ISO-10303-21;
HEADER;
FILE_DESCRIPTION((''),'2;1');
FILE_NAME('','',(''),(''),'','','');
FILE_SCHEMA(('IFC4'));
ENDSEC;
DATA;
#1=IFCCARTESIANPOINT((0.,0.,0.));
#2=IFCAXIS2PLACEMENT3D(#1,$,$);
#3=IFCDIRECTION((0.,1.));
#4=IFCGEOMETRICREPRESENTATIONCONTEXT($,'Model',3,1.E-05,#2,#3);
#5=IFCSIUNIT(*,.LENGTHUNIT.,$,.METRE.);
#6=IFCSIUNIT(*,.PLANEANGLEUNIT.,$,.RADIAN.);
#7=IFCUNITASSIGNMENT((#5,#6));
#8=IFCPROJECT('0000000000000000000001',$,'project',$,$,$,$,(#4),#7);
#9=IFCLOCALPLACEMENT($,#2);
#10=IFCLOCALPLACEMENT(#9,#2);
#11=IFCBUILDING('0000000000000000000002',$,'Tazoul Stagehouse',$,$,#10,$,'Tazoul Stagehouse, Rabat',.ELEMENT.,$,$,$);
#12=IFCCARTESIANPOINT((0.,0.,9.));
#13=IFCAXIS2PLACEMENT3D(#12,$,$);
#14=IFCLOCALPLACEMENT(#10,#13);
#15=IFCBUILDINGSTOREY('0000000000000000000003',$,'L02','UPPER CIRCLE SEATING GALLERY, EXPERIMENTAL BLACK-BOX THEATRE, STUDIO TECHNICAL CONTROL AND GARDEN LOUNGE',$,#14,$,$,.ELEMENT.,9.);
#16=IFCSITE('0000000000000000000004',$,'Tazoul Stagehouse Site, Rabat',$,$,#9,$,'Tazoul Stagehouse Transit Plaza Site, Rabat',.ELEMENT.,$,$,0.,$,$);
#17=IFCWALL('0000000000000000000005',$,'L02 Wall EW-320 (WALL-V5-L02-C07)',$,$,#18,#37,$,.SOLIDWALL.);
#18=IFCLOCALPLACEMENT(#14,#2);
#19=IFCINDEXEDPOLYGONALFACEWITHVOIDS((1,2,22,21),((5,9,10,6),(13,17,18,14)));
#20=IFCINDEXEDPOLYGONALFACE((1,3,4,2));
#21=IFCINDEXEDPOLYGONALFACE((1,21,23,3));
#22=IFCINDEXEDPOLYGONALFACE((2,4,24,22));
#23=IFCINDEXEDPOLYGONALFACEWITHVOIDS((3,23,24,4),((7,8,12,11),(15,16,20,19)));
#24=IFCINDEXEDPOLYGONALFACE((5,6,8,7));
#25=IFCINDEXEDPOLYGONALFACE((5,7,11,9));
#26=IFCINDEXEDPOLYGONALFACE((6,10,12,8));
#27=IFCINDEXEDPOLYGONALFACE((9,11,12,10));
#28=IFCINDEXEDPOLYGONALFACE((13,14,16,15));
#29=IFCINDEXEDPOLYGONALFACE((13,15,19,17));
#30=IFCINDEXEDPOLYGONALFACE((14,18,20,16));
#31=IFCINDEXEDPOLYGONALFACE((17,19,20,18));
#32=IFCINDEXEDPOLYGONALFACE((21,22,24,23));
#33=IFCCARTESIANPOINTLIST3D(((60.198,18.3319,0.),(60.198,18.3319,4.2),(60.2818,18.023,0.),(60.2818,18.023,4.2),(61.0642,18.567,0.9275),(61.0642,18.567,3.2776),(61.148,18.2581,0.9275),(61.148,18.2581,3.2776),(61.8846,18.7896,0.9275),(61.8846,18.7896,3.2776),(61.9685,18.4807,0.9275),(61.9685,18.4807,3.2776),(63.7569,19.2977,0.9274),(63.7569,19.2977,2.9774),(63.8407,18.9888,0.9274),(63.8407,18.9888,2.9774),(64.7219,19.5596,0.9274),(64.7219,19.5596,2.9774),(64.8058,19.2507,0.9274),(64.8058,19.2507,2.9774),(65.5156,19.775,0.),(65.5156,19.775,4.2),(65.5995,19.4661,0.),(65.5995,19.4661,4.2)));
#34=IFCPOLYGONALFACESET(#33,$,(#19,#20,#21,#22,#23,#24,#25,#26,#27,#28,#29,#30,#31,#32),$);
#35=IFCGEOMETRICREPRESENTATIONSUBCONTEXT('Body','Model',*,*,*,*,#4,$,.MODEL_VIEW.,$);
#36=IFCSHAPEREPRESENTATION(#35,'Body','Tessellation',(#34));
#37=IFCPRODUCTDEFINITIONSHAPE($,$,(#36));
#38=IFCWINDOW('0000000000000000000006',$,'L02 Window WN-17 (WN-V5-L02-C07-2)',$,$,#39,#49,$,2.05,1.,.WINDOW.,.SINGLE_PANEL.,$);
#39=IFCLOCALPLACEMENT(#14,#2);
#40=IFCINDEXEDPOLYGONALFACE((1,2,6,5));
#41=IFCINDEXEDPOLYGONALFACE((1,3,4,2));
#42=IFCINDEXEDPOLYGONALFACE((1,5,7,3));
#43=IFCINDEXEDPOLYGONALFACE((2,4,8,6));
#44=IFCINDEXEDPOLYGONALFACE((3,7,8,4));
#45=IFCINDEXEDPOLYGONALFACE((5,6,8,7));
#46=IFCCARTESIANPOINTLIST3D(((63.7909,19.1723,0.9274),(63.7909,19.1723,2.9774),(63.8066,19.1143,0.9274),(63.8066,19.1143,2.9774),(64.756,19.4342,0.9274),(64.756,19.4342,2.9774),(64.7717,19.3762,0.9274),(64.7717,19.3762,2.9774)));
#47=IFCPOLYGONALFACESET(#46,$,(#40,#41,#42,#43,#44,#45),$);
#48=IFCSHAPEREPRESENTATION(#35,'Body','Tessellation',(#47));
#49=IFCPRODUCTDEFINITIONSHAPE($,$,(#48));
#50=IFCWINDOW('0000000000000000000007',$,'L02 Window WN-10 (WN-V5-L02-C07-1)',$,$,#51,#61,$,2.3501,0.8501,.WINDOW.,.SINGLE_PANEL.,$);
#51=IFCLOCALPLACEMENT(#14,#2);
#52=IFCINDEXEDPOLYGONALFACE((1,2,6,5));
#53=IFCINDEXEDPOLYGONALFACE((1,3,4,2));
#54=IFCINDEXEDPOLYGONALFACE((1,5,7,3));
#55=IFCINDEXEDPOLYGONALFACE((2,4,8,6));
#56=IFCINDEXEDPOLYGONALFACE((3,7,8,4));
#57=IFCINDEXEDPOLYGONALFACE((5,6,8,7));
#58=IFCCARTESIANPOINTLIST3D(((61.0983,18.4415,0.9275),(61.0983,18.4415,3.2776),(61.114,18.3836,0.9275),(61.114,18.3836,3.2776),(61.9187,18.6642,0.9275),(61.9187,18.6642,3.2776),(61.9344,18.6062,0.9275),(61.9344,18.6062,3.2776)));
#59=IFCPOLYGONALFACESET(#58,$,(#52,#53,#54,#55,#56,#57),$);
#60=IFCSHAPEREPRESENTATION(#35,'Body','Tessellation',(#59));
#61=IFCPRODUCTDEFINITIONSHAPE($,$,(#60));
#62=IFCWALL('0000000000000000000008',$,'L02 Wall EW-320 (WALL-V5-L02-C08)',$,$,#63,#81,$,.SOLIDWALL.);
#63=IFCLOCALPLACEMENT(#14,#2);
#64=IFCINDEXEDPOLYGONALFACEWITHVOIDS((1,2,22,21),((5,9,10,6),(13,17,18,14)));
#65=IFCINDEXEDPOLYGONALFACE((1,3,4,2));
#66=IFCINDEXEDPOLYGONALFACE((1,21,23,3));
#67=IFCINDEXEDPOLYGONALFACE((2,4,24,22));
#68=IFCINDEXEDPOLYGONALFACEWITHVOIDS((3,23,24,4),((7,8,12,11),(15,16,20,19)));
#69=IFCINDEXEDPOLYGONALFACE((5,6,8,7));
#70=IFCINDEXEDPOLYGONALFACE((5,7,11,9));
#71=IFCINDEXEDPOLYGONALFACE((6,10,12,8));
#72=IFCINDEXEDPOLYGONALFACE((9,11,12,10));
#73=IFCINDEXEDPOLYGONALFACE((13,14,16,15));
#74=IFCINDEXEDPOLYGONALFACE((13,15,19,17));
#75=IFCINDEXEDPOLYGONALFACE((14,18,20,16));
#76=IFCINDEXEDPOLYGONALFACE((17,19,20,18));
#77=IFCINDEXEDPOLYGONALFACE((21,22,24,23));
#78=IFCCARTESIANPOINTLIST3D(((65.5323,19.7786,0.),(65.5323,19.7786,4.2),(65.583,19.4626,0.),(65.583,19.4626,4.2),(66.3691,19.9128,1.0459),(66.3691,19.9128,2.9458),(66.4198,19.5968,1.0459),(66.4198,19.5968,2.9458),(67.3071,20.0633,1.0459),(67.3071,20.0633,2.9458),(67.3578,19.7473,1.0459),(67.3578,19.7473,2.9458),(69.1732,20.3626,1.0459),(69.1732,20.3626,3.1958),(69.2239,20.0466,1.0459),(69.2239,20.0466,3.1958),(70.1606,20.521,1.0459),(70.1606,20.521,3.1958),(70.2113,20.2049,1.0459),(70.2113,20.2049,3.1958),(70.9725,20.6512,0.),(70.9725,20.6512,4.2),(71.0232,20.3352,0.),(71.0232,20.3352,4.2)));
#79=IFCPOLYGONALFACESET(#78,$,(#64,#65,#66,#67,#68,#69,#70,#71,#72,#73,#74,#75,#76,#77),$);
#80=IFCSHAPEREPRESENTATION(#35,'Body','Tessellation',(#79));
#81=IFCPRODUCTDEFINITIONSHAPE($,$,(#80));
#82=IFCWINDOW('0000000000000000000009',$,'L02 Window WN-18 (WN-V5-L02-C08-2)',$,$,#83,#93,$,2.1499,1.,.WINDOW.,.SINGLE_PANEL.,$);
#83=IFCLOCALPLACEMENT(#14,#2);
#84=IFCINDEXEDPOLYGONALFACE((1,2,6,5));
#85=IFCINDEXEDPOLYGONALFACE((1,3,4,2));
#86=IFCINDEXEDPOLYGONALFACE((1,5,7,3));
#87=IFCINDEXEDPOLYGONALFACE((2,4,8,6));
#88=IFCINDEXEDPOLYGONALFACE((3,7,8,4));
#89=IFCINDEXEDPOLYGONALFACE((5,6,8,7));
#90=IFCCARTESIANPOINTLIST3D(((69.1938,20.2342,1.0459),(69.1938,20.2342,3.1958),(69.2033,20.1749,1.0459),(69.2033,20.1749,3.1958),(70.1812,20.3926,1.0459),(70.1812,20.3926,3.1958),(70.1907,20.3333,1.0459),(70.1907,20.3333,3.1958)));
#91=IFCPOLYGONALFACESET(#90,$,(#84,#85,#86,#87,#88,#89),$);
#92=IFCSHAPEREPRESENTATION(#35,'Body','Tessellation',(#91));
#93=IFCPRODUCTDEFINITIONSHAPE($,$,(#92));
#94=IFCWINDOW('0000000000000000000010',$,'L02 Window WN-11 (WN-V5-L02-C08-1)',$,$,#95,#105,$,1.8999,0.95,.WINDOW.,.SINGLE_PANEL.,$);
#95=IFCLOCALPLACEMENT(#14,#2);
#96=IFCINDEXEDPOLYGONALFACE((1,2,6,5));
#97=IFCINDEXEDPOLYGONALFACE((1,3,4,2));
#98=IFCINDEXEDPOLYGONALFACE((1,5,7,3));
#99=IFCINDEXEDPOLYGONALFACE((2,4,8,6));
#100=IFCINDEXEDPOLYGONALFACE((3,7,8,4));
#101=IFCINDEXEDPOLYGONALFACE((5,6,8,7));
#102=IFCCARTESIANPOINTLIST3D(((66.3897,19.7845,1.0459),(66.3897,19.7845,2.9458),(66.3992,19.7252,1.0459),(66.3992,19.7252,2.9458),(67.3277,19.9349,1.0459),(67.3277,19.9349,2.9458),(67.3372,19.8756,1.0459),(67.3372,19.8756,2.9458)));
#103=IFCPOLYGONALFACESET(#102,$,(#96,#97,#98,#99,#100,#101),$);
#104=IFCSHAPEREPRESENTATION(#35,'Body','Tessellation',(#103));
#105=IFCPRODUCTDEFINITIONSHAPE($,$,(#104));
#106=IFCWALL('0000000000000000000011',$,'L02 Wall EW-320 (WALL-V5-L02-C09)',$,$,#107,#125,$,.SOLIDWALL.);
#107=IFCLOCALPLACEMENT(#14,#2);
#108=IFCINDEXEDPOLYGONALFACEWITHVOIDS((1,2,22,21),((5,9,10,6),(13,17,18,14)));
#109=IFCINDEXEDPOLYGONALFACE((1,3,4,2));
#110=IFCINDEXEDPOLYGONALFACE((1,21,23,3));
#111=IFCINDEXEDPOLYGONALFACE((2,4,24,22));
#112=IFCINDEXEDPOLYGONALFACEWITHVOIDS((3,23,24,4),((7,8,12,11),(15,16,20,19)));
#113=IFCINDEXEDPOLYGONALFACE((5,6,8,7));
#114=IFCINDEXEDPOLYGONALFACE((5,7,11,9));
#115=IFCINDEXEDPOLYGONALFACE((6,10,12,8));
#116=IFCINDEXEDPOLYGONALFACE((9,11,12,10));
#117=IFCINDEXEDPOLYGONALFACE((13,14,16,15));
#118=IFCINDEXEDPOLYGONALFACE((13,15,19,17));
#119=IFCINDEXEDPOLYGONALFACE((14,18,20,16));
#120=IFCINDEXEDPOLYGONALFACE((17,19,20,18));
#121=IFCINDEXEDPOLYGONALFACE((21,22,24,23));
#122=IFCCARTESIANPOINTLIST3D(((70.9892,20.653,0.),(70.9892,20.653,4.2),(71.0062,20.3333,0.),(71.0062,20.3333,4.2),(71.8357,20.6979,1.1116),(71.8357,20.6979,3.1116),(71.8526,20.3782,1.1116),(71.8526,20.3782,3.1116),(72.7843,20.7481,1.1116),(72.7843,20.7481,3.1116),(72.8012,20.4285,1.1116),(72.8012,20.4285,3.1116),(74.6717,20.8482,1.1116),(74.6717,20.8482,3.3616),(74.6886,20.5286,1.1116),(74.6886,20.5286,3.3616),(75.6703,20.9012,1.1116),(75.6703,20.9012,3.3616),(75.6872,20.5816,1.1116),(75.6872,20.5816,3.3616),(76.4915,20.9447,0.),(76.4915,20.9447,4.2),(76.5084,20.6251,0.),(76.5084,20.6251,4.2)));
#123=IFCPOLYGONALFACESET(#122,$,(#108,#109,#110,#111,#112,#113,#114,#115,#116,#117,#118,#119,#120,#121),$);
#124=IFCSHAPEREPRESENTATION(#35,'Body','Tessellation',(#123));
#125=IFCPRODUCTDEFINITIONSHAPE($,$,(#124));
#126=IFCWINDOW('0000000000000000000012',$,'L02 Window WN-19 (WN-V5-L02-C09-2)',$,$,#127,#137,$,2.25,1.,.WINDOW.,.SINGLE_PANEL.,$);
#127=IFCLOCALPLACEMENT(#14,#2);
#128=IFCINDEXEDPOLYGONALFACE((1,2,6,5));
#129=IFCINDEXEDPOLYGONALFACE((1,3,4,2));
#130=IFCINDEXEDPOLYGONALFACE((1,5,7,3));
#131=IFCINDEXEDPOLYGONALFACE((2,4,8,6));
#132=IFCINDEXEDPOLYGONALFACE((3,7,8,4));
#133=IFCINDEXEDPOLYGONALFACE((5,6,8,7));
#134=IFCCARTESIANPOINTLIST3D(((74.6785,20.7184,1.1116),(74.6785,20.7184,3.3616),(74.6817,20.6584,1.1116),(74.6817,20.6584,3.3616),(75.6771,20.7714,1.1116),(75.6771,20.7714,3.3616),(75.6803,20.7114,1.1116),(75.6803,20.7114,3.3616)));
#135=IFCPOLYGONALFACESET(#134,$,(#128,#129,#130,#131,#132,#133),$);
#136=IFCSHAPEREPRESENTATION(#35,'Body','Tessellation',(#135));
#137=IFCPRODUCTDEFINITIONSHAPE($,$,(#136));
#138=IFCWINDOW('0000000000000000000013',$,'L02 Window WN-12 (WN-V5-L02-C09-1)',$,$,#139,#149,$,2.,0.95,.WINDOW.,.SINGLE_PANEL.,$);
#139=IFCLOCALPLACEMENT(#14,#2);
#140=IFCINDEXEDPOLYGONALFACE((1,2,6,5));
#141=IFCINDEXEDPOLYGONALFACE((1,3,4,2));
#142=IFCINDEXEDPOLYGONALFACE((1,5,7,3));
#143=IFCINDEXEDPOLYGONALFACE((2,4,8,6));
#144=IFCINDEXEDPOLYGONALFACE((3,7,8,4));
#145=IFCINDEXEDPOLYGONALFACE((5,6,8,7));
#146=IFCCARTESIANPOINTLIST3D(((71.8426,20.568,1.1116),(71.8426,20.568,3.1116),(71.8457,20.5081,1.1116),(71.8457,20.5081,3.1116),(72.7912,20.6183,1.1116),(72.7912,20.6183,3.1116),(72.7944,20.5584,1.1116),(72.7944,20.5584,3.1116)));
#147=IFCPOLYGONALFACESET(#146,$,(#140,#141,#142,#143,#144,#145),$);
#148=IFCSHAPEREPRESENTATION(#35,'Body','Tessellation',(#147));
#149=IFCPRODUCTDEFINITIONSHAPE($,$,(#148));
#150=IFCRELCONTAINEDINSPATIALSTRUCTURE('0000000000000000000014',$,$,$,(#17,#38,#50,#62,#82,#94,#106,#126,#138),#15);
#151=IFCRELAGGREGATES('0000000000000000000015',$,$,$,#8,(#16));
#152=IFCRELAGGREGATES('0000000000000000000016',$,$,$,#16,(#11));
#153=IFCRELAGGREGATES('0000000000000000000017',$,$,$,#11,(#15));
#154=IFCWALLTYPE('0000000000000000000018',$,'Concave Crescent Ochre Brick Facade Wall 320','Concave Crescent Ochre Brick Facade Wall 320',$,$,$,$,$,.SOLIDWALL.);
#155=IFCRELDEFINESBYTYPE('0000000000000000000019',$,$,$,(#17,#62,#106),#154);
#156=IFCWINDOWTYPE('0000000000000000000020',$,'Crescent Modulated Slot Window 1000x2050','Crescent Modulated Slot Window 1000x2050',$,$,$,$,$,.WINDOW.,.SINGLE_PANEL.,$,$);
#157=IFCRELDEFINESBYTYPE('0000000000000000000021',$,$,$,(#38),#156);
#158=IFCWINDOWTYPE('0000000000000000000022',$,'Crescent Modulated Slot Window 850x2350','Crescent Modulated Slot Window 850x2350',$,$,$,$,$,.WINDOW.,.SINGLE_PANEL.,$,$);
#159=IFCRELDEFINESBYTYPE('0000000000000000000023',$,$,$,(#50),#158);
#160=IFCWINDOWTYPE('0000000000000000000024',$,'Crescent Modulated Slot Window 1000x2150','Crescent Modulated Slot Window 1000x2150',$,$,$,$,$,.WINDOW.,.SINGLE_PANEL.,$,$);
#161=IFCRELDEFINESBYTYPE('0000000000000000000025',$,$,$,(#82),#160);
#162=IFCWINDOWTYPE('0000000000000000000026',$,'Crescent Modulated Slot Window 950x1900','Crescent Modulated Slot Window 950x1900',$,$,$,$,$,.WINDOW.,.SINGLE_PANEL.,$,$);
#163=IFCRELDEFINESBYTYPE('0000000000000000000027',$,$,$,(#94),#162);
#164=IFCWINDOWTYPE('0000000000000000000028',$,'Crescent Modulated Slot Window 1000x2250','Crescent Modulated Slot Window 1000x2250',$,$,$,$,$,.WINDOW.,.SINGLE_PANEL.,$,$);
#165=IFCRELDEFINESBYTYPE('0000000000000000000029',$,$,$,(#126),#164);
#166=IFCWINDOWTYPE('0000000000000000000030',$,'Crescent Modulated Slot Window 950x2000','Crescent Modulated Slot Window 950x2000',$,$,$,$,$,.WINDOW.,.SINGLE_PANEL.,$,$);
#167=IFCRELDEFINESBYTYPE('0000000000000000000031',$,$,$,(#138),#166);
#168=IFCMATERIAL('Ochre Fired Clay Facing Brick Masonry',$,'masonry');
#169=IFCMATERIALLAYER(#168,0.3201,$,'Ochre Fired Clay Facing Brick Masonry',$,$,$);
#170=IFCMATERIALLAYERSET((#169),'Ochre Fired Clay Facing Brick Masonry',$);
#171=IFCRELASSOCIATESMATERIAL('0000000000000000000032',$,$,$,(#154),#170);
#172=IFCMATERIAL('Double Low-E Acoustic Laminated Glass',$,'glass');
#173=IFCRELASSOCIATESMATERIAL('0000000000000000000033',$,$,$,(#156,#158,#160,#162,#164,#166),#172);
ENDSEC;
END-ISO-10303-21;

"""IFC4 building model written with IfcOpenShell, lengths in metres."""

from ifc_helpers import new_model, si_unit, direction, frame, frame_2d, origin, place, context, subcontext, project, spatial, rectangle, extrude, material, layer, layer_set, type_object, element, fill, save


model = new_model("IFC4")

# Units and contexts
model_context = context("Model", 3, precision=1e-05, world=origin(), true_north=direction((0.0, 1.0)))
body_context = subcontext(model_context, "Body", "Model", "MODEL_VIEW")
ifc_project = project(units=[si_unit("LENGTHUNIT", "METRE"), si_unit("PLANEANGLEUNIT", "RADIAN")], contexts=[model_context])

# Site, building, storey
site_placement = place(None, origin())
site = spatial("IfcSite", under=ifc_project, at=site_placement, Name="Tazoul Stagehouse Site, Rabat", LongName="Tazoul Stagehouse Transit Plaza Site, Rabat", CompositionType="ELEMENT", RefElevation=0.0)
building_placement = place(site_placement, origin())
building = spatial("IfcBuilding", under=site, at=building_placement, Name="Tazoul Stagehouse", LongName="Tazoul Stagehouse, Rabat", CompositionType="ELEMENT")
storey_placement = place(building_placement, frame((0.0, 0.0, 9.0)))
storey = spatial("IfcBuildingStorey", under=building, at=storey_placement, Name="L02", Description="UPPER CIRCLE SEATING GALLERY, EXPERIMENTAL BLACK-BOX THEATRE, STUDIO TECHNICAL CONTROL AND GARDEN LOUNGE", CompositionType="ELEMENT", Elevation=9.0)

# Walls, openings, windows
ifc_material_1 = material(Name="Ochre Fired Clay Facing Brick Masonry", Category="masonry")
ifc_layer_1 = layer(ifc_material_1, 0.3201, Name="Ochre Fired Clay Facing Brick Masonry")
ifc_layer_set_1 = layer_set([ifc_layer_1], Name="Ochre Fired Clay Facing Brick Masonry")
wall_type_1 = type_object("IfcWallType", Name="Concave Crescent Ochre Brick Facade Wall 320", Description="Concave Crescent Ochre Brick Facade Wall 320", PredefinedType="SOLIDWALL", material=ifc_layer_set_1)
wall_1_placement = place(storey_placement, frame((60.24, 18.1775, 0.0), z_axis=(0.0, 0.0, 1.0), x_axis=(0.965092, 0.26191, 0.0)))
wall_1 = element("IfcWall", 1, at=wall_1_placement, inside=storey, type_object=wall_type_1, Name="L02 Wall EW-320 (WALL-V5-L02-C07)", PredefinedType="SOLIDWALL", context=body_context, shape_type="SweptSolid", body=[
    extrude(rectangle(XDim=5.51, YDim=0.3201, at=frame_2d((2.7549, 0.0))), origin(), (0.0, 0.0, 1.0), 4.2),
])
opening_1_placement = place(wall_1_placement, frame((0.8975, 0.0, 0.9275)))
opening_1 = element("IfcOpeningElement", 2, at=opening_1_placement, cuts=wall_1, PredefinedType="OPENING", context=body_context, shape_type="SweptSolid", body=[
    extrude(rectangle(XDim=0.8501, YDim=2.3501, at=frame_2d((0.425, 1.175))), frame((0.0, 0.1799, 0.0), z_axis=(0.0, -1.0, 0.0), x_axis=(1.0, 0.0, 0.0)), (0.0, 0.0, 1.0), 0.3601),
])
opening_2_placement = place(wall_1_placement, frame((3.6875, 0.0, 0.9275)))
opening_2 = element("IfcOpeningElement", 3, at=opening_2_placement, cuts=wall_1, PredefinedType="OPENING", context=body_context, shape_type="SweptSolid", body=[
    extrude(rectangle(XDim=1.0, YDim=2.05, at=frame_2d((0.5, 1.0249))), frame((0.0, 0.1799, 0.0), z_axis=(0.0, -1.0, 0.0), x_axis=(1.0, 0.0, 0.0)), (0.0, 0.0, 1.0), 0.3601),
])
ifc_material_2 = material(Name="Double Low-E Acoustic Laminated Glass", Category="glass")
window_type_1 = type_object("IfcWindowType", Name="Crescent Modulated Slot Window 1000x2050", Description="Crescent Modulated Slot Window 1000x2050", PartitioningType="SINGLE_PANEL", PredefinedType="WINDOW", material=ifc_material_2)
window_1_placement = place(opening_2_placement, origin())
window_1 = element("IfcWindow", 4, at=window_1_placement, inside=storey, type_object=window_type_1, Name="L02 Window WN-17 (WN-V5-L02-C07-2)", OverallHeight=2.05, OverallWidth=1.0, PartitioningType="SINGLE_PANEL", PredefinedType="WINDOW", context=body_context, shape_type="SweptSolid", body=[
    extrude(rectangle(XDim=1.0, YDim=2.05, at=frame_2d((0.5, 1.0249))), frame((0.0, 0.03, 0.0), z_axis=(0.0, -1.0, 0.0), x_axis=(1.0, 0.0, 0.0)), (0.0, 0.0, 1.0), 0.0601),
])
fill(opening_2, window_1)
window_type_2 = type_object("IfcWindowType", Name="Crescent Modulated Slot Window 850x2350", Description="Crescent Modulated Slot Window 850x2350", PartitioningType="SINGLE_PANEL", PredefinedType="WINDOW", material=ifc_material_2)
window_2_placement = place(opening_1_placement, origin())
window_2 = element("IfcWindow", 5, at=window_2_placement, inside=storey, type_object=window_type_2, Name="L02 Window WN-10 (WN-V5-L02-C07-1)", OverallHeight=2.3501, OverallWidth=0.8501, PartitioningType="SINGLE_PANEL", PredefinedType="WINDOW", context=body_context, shape_type="SweptSolid", body=[
    extrude(rectangle(XDim=0.8501, YDim=2.3501, at=frame_2d((0.425, 1.175))), frame((0.0, 0.03, 0.0), z_axis=(0.0, -1.0, 0.0), x_axis=(1.0, 0.0, 0.0)), (0.0, 0.0, 1.0), 0.0601),
])
fill(opening_1, window_2)
wall_2_placement = place(storey_placement, frame((65.5576, 19.6206, 0.0), z_axis=(0.0, 0.0, 1.0), x_axis=(0.98738, 0.158367, 0.0)))
wall_2 = element("IfcWall", 6, at=wall_2_placement, inside=storey, type_object=wall_type_1, Name="L02 Wall EW-320 (WALL-V5-L02-C08)", PredefinedType="SOLIDWALL", context=body_context, shape_type="SweptSolid", body=[
    extrude(rectangle(XDim=5.5098, YDim=0.3201, at=frame_2d((2.7549, 0.0))), origin(), (0.0, 0.0, 1.0), 4.2),
])
opening_3_placement = place(wall_2_placement, frame((0.8474, 0.0, 1.0459)))
opening_3 = element("IfcOpeningElement", 7, at=opening_3_placement, cuts=wall_2, PredefinedType="OPENING", context=body_context, shape_type="SweptSolid", body=[
    extrude(rectangle(XDim=0.95, YDim=1.8999, at=frame_2d((0.4751, 0.95))), frame((0.0, 0.1799, 0.0), z_axis=(0.0, -1.0, 0.0), x_axis=(1.0, 0.0, 0.0)), (0.0, 0.0, 1.0), 0.3601),
])
opening_4_placement = place(wall_2_placement, frame((3.6875, 0.0, 1.0459)))
opening_4 = element("IfcOpeningElement", 8, at=opening_4_placement, cuts=wall_2, PredefinedType="OPENING", context=body_context, shape_type="SweptSolid", body=[
    extrude(rectangle(XDim=1.0, YDim=2.1499, at=frame_2d((0.5, 1.075))), frame((0.0, 0.1799, 0.0), z_axis=(0.0, -1.0, 0.0), x_axis=(1.0, 0.0, 0.0)), (0.0, 0.0, 1.0), 0.3601),
])
window_type_3 = type_object("IfcWindowType", Name="Crescent Modulated Slot Window 1000x2150", Description="Crescent Modulated Slot Window 1000x2150", PartitioningType="SINGLE_PANEL", PredefinedType="WINDOW", material=ifc_material_2)
window_3_placement = place(opening_4_placement, origin())
window_3 = element("IfcWindow", 9, at=window_3_placement, inside=storey, type_object=window_type_3, Name="L02 Window WN-18 (WN-V5-L02-C08-2)", OverallHeight=2.1499, OverallWidth=1.0, PartitioningType="SINGLE_PANEL", PredefinedType="WINDOW", context=body_context, shape_type="SweptSolid", body=[
    extrude(rectangle(XDim=1.0, YDim=2.1499, at=frame_2d((0.5, 1.075))), frame((0.0, 0.03, 0.0), z_axis=(0.0, -1.0, 0.0), x_axis=(1.0, 0.0, 0.0)), (0.0, 0.0, 1.0), 0.0601),
])
fill(opening_4, window_3)
window_type_4 = type_object("IfcWindowType", Name="Crescent Modulated Slot Window 950x1900", Description="Crescent Modulated Slot Window 950x1900", PartitioningType="SINGLE_PANEL", PredefinedType="WINDOW", material=ifc_material_2)
window_4_placement = place(opening_3_placement, origin())
window_4 = element("IfcWindow", 10, at=window_4_placement, inside=storey, type_object=window_type_4, Name="L02 Window WN-11 (WN-V5-L02-C08-1)", OverallHeight=1.8999, OverallWidth=0.95, PartitioningType="SINGLE_PANEL", PredefinedType="WINDOW", context=body_context, shape_type="SweptSolid", body=[
    extrude(rectangle(XDim=0.95, YDim=1.8999, at=frame_2d((0.4751, 0.95))), frame((0.0, 0.03, 0.0), z_axis=(0.0, -1.0, 0.0), x_axis=(1.0, 0.0, 0.0)), (0.0, 0.0, 1.0), 0.0601),
])
fill(opening_3, window_4)
wall_3_placement = place(storey_placement, frame((70.9978, 20.4932, 0.0), z_axis=(0.0, 0.0, 1.0), x_axis=(0.998597, 0.05295, 0.0)))
wall_3 = element("IfcWall", 11, at=wall_3_placement, inside=storey, type_object=wall_type_1, Name="L02 Wall EW-320 (WALL-V5-L02-C09)", PredefinedType="SOLIDWALL", context=body_context, shape_type="SweptSolid", body=[
    extrude(rectangle(XDim=5.51, YDim=0.3201, at=frame_2d((2.7549, 0.0))), origin(), (0.0, 0.0, 1.0), 4.2),
])
opening_5_placement = place(wall_3_placement, frame((0.8474, 0.0, 1.1116)))
opening_5 = element("IfcOpeningElement", 12, at=opening_5_placement, cuts=wall_3, PredefinedType="OPENING", context=body_context, shape_type="SweptSolid", body=[
    extrude(rectangle(XDim=0.95, YDim=2.0, at=frame_2d((0.4751, 1.0))), frame((0.0, 0.1799, 0.0), z_axis=(0.0, -1.0, 0.0), x_axis=(1.0, 0.0, 0.0)), (0.0, 0.0, 1.0), 0.3601),
])
opening_6_placement = place(wall_3_placement, frame((3.6875, 0.0, 1.1116)))
opening_6 = element("IfcOpeningElement", 13, at=opening_6_placement, cuts=wall_3, PredefinedType="OPENING", context=body_context, shape_type="SweptSolid", body=[
    extrude(rectangle(XDim=1.0, YDim=2.25, at=frame_2d((0.5, 1.125))), frame((0.0, 0.1799, 0.0), z_axis=(0.0, -1.0, 0.0), x_axis=(1.0, 0.0, 0.0)), (0.0, 0.0, 1.0), 0.3601),
])
window_type_5 = type_object("IfcWindowType", Name="Crescent Modulated Slot Window 1000x2250", Description="Crescent Modulated Slot Window 1000x2250", PartitioningType="SINGLE_PANEL", PredefinedType="WINDOW", material=ifc_material_2)
window_5_placement = place(opening_6_placement, origin())
window_5 = element("IfcWindow", 14, at=window_5_placement, inside=storey, type_object=window_type_5, Name="L02 Window WN-19 (WN-V5-L02-C09-2)", OverallHeight=2.25, OverallWidth=1.0, PartitioningType="SINGLE_PANEL", PredefinedType="WINDOW", context=body_context, shape_type="SweptSolid", body=[
    extrude(rectangle(XDim=1.0, YDim=2.25, at=frame_2d((0.5, 1.125))), frame((0.0, 0.03, 0.0), z_axis=(0.0, -1.0, 0.0), x_axis=(1.0, 0.0, 0.0)), (0.0, 0.0, 1.0), 0.0601),
])
fill(opening_6, window_5)
window_type_6 = type_object("IfcWindowType", Name="Crescent Modulated Slot Window 950x2000", Description="Crescent Modulated Slot Window 950x2000", PartitioningType="SINGLE_PANEL", PredefinedType="WINDOW", material=ifc_material_2)
window_6_placement = place(opening_5_placement, origin())
window_6 = element("IfcWindow", 15, at=window_6_placement, inside=storey, type_object=window_type_6, Name="L02 Window WN-12 (WN-V5-L02-C09-1)", OverallHeight=2.0, OverallWidth=0.95, PartitioningType="SINGLE_PANEL", PredefinedType="WINDOW", context=body_context, shape_type="SweptSolid", body=[
    extrude(rectangle(XDim=0.95, YDim=2.0, at=frame_2d((0.4751, 1.0))), frame((0.0, 0.03, 0.0), z_axis=(0.0, -1.0, 0.0), x_axis=(1.0, 0.0, 0.0)), (0.0, 0.0, 1.0), 0.0601),
])
fill(opening_5, window_6)

save(model, "model.ifc")
